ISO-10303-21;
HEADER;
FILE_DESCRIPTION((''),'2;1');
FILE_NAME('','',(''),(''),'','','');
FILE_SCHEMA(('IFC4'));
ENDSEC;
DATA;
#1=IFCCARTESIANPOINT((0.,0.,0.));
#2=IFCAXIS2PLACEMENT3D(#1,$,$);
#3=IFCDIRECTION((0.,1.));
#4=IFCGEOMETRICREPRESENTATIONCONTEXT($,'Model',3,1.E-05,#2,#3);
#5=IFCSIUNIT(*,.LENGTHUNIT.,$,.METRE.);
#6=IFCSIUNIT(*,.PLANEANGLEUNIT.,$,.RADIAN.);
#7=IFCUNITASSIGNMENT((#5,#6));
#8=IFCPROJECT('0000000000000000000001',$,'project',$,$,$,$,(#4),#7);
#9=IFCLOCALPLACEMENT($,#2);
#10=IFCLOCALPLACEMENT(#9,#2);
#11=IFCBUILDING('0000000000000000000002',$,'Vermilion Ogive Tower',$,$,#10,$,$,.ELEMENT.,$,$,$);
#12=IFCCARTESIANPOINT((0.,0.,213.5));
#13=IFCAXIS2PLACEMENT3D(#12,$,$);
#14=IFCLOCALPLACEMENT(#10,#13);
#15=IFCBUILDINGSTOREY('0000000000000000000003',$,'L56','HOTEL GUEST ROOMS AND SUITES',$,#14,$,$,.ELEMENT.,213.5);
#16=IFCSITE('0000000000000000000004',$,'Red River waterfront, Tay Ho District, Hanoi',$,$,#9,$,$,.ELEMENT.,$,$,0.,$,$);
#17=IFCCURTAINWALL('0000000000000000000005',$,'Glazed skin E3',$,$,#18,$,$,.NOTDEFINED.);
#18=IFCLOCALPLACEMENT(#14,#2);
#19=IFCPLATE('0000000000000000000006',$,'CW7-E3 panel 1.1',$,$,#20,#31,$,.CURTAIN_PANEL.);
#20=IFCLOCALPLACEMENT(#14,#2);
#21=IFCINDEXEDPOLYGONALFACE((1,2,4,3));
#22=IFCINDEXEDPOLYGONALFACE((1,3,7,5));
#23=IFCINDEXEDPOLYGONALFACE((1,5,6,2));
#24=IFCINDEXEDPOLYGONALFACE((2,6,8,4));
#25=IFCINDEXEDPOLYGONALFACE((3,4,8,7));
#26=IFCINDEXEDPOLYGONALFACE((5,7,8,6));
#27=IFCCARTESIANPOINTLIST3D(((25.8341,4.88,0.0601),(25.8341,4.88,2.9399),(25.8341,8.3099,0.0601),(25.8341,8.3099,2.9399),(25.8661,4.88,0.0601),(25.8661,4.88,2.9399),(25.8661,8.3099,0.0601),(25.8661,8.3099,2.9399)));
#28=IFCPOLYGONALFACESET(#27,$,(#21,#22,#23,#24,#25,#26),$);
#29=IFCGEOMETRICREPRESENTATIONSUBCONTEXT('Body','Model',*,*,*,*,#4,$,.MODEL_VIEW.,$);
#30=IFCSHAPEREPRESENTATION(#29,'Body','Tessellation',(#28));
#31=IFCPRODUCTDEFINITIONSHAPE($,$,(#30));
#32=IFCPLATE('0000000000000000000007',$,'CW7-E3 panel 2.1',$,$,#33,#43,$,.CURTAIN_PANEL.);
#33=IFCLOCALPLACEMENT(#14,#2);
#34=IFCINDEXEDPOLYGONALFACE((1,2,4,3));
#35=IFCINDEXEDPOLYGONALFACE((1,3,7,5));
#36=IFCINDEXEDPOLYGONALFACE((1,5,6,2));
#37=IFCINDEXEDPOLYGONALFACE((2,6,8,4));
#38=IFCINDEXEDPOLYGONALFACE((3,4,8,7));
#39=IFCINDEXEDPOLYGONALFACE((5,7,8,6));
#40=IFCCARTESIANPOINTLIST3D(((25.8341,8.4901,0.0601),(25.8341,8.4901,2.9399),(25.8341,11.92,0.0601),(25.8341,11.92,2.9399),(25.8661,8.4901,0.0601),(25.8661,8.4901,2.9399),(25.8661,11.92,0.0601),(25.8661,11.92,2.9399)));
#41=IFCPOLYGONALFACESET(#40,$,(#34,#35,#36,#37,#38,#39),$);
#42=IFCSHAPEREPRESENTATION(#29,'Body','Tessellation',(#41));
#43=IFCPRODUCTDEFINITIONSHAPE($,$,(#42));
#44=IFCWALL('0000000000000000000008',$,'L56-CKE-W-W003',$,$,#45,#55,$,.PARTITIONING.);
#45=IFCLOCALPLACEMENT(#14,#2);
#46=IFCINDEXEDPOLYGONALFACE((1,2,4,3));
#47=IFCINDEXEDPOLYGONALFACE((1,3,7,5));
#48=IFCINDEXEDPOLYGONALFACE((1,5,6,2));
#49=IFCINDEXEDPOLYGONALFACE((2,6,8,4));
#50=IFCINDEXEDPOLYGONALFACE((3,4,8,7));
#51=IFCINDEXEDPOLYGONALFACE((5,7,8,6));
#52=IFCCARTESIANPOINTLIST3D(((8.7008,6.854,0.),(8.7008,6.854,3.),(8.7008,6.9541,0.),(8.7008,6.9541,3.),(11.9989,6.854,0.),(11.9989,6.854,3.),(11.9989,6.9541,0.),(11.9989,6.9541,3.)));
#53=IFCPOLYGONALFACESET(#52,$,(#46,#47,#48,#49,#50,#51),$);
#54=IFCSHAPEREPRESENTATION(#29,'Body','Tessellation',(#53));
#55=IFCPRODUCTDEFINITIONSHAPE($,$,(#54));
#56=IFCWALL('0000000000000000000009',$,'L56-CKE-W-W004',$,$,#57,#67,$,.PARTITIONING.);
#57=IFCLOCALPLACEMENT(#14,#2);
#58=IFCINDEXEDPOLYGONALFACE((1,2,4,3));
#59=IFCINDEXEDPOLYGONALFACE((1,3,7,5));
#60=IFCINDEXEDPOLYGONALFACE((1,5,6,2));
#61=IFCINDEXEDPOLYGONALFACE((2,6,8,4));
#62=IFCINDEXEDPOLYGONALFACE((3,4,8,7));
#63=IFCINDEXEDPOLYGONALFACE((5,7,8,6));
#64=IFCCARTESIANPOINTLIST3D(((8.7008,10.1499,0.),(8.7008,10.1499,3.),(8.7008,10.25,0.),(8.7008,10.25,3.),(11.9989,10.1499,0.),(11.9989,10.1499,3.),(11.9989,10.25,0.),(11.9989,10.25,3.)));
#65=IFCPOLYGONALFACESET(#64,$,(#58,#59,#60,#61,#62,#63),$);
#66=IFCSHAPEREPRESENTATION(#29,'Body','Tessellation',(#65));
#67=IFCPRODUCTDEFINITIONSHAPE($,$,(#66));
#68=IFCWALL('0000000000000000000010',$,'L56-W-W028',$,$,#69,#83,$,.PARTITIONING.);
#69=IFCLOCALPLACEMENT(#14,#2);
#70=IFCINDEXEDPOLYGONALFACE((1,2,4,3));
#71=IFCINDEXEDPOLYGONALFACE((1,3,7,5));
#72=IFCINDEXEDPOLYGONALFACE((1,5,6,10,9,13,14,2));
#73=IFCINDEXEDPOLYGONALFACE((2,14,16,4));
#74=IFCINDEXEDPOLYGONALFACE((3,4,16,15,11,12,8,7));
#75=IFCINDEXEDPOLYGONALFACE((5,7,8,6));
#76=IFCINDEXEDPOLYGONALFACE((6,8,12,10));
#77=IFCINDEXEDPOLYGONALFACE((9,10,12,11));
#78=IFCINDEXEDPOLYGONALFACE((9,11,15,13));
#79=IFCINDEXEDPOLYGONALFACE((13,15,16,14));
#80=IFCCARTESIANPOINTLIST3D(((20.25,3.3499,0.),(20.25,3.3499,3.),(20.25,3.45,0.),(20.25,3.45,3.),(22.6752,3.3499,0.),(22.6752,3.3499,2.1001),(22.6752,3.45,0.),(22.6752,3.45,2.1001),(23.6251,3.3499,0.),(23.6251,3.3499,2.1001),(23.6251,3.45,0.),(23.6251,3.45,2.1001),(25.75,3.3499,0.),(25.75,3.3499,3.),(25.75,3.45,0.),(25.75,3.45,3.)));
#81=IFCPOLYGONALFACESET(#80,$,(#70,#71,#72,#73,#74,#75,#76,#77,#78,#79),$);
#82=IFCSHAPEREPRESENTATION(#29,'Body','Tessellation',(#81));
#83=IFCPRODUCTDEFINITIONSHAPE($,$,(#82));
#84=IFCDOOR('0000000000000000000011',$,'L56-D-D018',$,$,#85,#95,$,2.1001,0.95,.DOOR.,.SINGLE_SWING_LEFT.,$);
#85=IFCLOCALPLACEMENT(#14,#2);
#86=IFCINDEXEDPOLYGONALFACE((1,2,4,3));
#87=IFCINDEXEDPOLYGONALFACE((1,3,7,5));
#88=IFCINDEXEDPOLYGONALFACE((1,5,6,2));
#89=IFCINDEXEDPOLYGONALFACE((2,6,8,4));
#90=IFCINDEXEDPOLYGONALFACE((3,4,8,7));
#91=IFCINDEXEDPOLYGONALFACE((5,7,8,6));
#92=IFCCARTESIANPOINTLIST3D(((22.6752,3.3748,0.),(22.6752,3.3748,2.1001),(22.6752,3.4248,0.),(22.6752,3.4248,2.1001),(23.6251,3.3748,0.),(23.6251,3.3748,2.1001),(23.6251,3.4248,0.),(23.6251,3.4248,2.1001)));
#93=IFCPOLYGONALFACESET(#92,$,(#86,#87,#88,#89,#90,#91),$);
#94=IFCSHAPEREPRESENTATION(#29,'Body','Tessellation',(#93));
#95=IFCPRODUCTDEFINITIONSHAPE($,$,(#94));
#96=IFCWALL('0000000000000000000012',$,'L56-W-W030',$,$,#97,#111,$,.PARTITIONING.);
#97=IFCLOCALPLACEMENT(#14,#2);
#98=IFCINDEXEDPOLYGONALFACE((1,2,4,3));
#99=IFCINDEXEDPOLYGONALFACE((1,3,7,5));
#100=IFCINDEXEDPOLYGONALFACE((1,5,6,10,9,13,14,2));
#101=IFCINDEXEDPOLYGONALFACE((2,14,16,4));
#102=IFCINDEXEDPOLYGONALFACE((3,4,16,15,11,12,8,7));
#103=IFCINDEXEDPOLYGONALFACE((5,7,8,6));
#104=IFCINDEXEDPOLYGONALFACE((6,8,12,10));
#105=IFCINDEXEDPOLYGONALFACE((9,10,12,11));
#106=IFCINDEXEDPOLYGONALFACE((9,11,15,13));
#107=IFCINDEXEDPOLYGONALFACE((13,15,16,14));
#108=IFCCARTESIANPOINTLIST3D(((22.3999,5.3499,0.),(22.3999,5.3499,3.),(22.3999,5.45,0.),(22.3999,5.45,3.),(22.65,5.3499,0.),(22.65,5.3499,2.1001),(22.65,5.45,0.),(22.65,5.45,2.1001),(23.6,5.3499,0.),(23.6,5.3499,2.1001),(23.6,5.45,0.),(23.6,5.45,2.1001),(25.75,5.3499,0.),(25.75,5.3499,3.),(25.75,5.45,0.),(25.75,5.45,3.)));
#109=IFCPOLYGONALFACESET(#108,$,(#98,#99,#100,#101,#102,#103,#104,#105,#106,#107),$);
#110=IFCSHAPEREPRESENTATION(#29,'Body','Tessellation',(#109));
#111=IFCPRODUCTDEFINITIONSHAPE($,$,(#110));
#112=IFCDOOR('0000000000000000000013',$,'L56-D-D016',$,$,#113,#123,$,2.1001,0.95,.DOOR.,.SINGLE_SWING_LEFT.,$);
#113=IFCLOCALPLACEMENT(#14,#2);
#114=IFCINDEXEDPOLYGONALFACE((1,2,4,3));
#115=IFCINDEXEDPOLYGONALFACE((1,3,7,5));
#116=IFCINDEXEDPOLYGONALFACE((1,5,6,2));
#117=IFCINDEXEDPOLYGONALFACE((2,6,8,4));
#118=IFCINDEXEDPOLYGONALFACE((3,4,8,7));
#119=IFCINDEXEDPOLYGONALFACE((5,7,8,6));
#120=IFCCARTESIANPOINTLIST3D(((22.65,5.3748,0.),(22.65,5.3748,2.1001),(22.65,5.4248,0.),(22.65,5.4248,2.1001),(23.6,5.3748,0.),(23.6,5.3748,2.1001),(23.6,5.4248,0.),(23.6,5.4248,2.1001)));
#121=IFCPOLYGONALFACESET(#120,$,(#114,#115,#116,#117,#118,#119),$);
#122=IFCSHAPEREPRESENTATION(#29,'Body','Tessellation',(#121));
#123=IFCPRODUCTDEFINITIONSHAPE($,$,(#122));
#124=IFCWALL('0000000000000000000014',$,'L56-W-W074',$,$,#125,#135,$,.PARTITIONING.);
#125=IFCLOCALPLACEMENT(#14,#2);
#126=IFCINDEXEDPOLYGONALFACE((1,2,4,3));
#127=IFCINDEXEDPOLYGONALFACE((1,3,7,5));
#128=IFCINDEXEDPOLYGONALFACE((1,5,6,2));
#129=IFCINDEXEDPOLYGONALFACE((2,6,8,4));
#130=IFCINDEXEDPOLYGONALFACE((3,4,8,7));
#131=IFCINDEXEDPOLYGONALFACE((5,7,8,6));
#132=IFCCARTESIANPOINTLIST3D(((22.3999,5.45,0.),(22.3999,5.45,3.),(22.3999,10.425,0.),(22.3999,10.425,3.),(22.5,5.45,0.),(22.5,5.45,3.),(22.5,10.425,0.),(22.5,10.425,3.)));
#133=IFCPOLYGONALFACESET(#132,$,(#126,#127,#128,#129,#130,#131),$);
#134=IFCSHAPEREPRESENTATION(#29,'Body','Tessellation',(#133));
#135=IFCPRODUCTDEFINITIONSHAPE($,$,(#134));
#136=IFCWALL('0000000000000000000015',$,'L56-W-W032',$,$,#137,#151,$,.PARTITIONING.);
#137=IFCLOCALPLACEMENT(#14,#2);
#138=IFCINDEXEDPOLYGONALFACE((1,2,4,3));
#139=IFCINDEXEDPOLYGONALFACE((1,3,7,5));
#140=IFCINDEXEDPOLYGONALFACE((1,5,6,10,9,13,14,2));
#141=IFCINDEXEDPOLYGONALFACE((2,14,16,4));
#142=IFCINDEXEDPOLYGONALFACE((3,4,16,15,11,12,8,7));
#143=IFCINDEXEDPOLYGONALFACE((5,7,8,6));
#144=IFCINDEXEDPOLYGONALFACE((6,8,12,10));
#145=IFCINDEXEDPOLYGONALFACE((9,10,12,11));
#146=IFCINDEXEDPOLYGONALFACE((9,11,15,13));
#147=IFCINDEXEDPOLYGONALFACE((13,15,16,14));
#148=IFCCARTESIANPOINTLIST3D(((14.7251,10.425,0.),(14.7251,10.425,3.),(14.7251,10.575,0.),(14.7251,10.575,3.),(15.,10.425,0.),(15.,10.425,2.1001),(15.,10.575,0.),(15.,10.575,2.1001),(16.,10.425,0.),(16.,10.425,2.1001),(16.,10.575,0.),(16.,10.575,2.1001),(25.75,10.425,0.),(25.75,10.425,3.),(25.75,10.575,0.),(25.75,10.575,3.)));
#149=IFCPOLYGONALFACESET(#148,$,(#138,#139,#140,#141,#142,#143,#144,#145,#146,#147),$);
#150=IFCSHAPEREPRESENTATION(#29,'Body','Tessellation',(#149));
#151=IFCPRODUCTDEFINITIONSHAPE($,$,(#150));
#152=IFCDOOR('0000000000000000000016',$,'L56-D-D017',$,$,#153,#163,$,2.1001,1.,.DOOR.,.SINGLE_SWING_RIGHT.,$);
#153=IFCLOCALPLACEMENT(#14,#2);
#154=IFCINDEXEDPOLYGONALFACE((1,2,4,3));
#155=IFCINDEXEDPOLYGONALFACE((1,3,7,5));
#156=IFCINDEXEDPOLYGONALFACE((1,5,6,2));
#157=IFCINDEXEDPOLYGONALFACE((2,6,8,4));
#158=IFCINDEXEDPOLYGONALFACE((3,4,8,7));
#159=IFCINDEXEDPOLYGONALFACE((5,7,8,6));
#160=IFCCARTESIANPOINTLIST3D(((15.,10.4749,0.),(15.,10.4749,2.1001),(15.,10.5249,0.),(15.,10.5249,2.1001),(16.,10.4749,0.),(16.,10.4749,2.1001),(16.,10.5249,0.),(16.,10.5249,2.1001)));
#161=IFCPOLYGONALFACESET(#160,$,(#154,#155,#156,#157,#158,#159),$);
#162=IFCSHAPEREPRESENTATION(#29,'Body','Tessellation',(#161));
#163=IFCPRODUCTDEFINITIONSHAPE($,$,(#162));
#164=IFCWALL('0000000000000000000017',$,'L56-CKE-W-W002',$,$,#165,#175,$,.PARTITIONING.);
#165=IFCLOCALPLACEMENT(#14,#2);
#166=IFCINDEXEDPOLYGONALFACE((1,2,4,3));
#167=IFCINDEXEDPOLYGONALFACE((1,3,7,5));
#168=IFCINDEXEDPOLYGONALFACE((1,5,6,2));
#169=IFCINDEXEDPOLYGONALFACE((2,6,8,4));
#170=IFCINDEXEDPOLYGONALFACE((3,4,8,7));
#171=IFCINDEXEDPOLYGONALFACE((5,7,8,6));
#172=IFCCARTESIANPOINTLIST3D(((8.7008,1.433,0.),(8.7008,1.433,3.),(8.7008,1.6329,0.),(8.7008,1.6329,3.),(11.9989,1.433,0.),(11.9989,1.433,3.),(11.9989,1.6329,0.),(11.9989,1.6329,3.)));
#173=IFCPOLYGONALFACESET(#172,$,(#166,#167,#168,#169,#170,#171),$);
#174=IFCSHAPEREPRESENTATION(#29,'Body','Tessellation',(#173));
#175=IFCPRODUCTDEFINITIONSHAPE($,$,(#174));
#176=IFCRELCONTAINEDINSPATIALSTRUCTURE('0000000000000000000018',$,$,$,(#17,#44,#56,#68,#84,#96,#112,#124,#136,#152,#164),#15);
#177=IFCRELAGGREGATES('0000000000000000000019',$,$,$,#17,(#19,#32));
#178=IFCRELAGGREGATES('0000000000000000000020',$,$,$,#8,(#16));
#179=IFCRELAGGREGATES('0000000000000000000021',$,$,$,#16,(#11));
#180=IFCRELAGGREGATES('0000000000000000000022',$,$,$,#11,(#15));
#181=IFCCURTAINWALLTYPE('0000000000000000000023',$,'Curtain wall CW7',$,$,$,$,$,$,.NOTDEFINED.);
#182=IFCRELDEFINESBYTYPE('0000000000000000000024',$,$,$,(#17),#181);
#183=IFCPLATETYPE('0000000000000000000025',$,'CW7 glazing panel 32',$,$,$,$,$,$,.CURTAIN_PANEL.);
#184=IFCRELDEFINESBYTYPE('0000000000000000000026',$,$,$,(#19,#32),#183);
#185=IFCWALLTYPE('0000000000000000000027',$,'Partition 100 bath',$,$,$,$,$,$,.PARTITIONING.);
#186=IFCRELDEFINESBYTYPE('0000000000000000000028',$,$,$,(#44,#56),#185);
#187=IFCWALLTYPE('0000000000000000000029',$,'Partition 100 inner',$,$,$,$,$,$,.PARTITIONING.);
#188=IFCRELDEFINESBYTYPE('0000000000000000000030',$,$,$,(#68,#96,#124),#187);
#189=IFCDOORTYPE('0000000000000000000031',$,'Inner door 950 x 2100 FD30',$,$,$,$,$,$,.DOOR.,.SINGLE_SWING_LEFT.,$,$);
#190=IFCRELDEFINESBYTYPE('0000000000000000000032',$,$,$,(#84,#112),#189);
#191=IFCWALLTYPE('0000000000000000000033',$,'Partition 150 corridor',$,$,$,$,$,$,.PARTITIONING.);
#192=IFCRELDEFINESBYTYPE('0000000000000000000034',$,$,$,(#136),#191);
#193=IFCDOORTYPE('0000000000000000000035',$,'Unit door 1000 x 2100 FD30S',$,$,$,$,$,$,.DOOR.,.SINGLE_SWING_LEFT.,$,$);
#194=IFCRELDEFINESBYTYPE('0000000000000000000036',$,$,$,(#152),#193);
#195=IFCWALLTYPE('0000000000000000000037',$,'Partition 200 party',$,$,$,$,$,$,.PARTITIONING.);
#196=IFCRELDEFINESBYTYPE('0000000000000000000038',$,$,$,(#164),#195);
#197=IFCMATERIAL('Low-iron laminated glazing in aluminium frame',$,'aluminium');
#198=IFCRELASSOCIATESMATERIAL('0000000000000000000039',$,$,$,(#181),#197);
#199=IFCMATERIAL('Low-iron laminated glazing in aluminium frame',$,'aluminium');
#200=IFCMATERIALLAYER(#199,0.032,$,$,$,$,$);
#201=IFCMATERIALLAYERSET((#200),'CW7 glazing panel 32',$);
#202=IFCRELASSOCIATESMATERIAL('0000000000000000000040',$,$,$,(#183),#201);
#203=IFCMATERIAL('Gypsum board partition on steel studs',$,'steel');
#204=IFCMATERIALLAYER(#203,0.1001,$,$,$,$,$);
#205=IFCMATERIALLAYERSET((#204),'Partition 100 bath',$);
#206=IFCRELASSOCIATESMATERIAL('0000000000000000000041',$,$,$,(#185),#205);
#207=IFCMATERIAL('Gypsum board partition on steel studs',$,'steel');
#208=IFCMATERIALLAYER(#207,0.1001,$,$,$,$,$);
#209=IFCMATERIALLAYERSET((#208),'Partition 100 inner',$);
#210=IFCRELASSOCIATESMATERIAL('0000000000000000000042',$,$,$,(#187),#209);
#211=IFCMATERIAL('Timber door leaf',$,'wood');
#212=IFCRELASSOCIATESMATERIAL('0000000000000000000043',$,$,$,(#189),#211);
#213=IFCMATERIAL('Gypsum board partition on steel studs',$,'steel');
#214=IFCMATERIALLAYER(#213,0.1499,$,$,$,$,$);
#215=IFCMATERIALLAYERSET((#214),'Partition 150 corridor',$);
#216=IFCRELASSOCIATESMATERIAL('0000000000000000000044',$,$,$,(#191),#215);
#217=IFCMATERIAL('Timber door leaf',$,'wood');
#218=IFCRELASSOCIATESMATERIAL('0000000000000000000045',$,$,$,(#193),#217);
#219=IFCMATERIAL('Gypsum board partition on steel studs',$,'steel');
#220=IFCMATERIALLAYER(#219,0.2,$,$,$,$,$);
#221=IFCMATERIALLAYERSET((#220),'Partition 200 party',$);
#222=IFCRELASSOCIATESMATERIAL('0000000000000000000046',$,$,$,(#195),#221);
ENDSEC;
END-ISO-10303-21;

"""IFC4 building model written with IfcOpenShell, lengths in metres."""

from ifc_helpers import new_model, si_unit, direction, frame, frame_2d, origin, origin_2d, place, context, subcontext, project, spatial, rectangle, extrude, material, layer, layer_set, type_object, element, fill, aggregate, save


model = new_model("IFC4")

# Units and contexts
model_context = context("Model", 3, precision=1e-05, world=origin(), true_north=direction((0.0, 1.0)))
body_context = subcontext(model_context, "Body", "Model", "MODEL_VIEW")
ifc_project = project(units=[si_unit("LENGTHUNIT", "METRE"), si_unit("PLANEANGLEUNIT", "RADIAN")], contexts=[model_context])

# Site, building, storey
site_placement = place(None, origin())
site = spatial("IfcSite", under=ifc_project, at=site_placement, Name="Red River waterfront, Tay Ho District, Hanoi", CompositionType="ELEMENT", RefElevation=0.0)
building_placement = place(site_placement, origin())
building = spatial("IfcBuilding", under=site, at=building_placement, Name="Vermilion Ogive Tower", CompositionType="ELEMENT")
storey_placement = place(building_placement, frame((0.0, 0.0, 213.5)))
storey = spatial("IfcBuildingStorey", under=building, at=storey_placement, Name="L56", Description="HOTEL GUEST ROOMS AND SUITES", CompositionType="ELEMENT", Elevation=213.5)

# Curtain wall
ifc_material_1 = material(Name="Low-iron laminated glazing in aluminium frame", Category="aluminium")
curtain_wall_type = type_object("IfcCurtainWallType", Name="Curtain wall CW7", PredefinedType="NOTDEFINED", material=ifc_material_1)
curtain_wall_1_placement = place(storey_placement, origin())
curtain_wall_1 = element("IfcCurtainWall", 1, at=curtain_wall_1_placement, inside=storey, type_object=curtain_wall_type, Name="Glazed skin E3", PredefinedType="NOTDEFINED")

# Plates
ifc_material_2 = material(Name="Low-iron laminated glazing in aluminium frame", Category="aluminium")
ifc_layer_1 = layer(ifc_material_2, 0.032)
ifc_layer_set_1 = layer_set([ifc_layer_1], Name="CW7 glazing panel 32")
plate_type = type_object("IfcPlateType", Name="CW7 glazing panel 32", PredefinedType="CURTAIN_PANEL", material=ifc_layer_set_1)
plate_1_placement = place(storey_placement, frame((25.8501, 6.595, 0.0601), z_axis=(0.0, 0.0, 1.0), x_axis=(0.0, 1.0, 0.0)))
plate_1 = element("IfcPlate", 2, at=plate_1_placement, type_object=plate_type, Name="CW7-E3 panel 1.1", PredefinedType="CURTAIN_PANEL", context=body_context, shape_type="SweptSolid", body=[
    extrude(rectangle(XDim=3.4299, YDim=0.032, at=origin_2d()), origin(), (0.0, 0.0, 1.0), 2.8799),
])
plate_2_placement = place(storey_placement, frame((25.8501, 10.2051, 0.0601), z_axis=(0.0, 0.0, 1.0), x_axis=(0.0, 1.0, 0.0)))
plate_2 = element("IfcPlate", 3, at=plate_2_placement, type_object=plate_type, Name="CW7-E3 panel 2.1", PredefinedType="CURTAIN_PANEL", context=body_context, shape_type="SweptSolid", body=[
    extrude(rectangle(XDim=3.4299, YDim=0.032, at=origin_2d()), origin(), (0.0, 0.0, 1.0), 2.8799),
])
aggregate(curtain_wall_1, [plate_1, plate_2])

# Walls
ifc_material_3 = material(Name="Gypsum board partition on steel studs", Category="steel")
ifc_layer_2 = layer(ifc_material_3, 0.1001)
ifc_layer_set_2 = layer_set([ifc_layer_2], Name="Partition 100 bath")
wall_type_1 = type_object("IfcWallType", Name="Partition 100 bath", PredefinedType="PARTITIONING", material=ifc_layer_set_2)
for number, where, z_axis, x_axis, name in (
    (4, (8.7009, 6.9041, 0.0), (0.0, 0.0, 1.0), (1.0, 0.0, 0.0), "L56-CKE-W-W003"),
    (5, (8.7009, 10.2, 0.0), (0.0, 0.0, 1.0), (1.0, 0.0, 0.0), "L56-CKE-W-W004"),
):
    element("IfcWall", number, at=place(storey_placement, frame(where, z_axis=z_axis, x_axis=x_axis)), inside=storey, type_object=wall_type_1, Name=name, PredefinedType="PARTITIONING", context=body_context, shape_type="SweptSolid", body=[
        extrude(rectangle(XDim=3.2981, YDim=0.1001, at=frame_2d((1.6489, 0.0))), origin(), (0.0, 0.0, 1.0), 3.0),
    ])

# Walls, openings, doors
ifc_material_4 = material(Name="Gypsum board partition on steel studs", Category="steel")
ifc_layer_3 = layer(ifc_material_4, 0.1001)
ifc_layer_set_3 = layer_set([ifc_layer_3], Name="Partition 100 inner")
wall_type_2 = type_object("IfcWallType", Name="Partition 100 inner", PredefinedType="PARTITIONING", material=ifc_layer_set_3)
wall_1_placement = place(storey_placement, frame((20.25, 3.3999, 0.0), z_axis=(0.0, 0.0, 1.0), x_axis=(1.0, 0.0, 0.0)))
wall_1 = element("IfcWall", 6, at=wall_1_placement, inside=storey, type_object=wall_type_2, Name="L56-W-W028", PredefinedType="PARTITIONING", context=body_context, shape_type="SweptSolid", body=[
    extrude(rectangle(XDim=5.5, YDim=0.1001, at=frame_2d((2.75, 0.0))), origin(), (0.0, 0.0, 1.0), 3.0),
])
opening_1_placement = place(wall_1_placement, frame((2.425, 0.0, 0.0)))
opening_1 = element("IfcOpeningElement", 7, at=opening_1_placement, cuts=wall_1, PredefinedType="OPENING", context=body_context, shape_type="SweptSolid", body=[
    extrude(rectangle(XDim=0.95, YDim=2.1001, at=frame_2d((0.4751, 1.05))), frame((0.0, 0.0601, 0.0), z_axis=(0.0, -1.0, 0.0), x_axis=(1.0, 0.0, 0.0)), (0.0, 0.0, 1.0), 0.1201),
])
ifc_material_5 = material(Name="Timber door leaf", Category="wood")
door_type_1 = type_object("IfcDoorType", Name="Inner door 950 x 2100 FD30", OperationType="SINGLE_SWING_LEFT", PredefinedType="DOOR", material=ifc_material_5)
door_1_placement = place(opening_1_placement, origin())
door_1 = element("IfcDoor", 8, at=door_1_placement, inside=storey, type_object=door_type_1, Name="L56-D-D018", OperationType="SINGLE_SWING_LEFT", OverallHeight=2.1001, OverallWidth=0.95, PredefinedType="DOOR", context=body_context, shape_type="SweptSolid", body=[
    extrude(rectangle(XDim=0.95, YDim=2.1001, at=frame_2d((0.4751, 1.05))), frame((0.0, 0.0249, 0.0), z_axis=(0.0, -1.0, 0.0), x_axis=(1.0, 0.0, 0.0)), (0.0, 0.0, 1.0), 0.05),
])
fill(opening_1, door_1)
wall_2_placement = place(storey_placement, frame((22.3999, 5.3999, 0.0), z_axis=(0.0, 0.0, 1.0), x_axis=(1.0, 0.0, 0.0)))
wall_2 = element("IfcWall", 9, at=wall_2_placement, inside=storey, type_object=wall_type_2, Name="L56-W-W030", PredefinedType="PARTITIONING", context=body_context, shape_type="SweptSolid", body=[
    extrude(rectangle(XDim=3.3501, YDim=0.1001, at=frame_2d((1.675, 0.0))), origin(), (0.0, 0.0, 1.0), 3.0),
])
opening_2_placement = place(wall_2_placement, frame((0.25, 0.0, 0.0)))
opening_2 = element("IfcOpeningElement", 10, at=opening_2_placement, cuts=wall_2, PredefinedType="OPENING", context=body_context, shape_type="SweptSolid", body=[
    extrude(rectangle(XDim=0.95, YDim=2.1001, at=frame_2d((0.4751, 1.05))), frame((0.0, 0.0601, 0.0), z_axis=(0.0, -1.0, 0.0), x_axis=(1.0, 0.0, 0.0)), (0.0, 0.0, 1.0), 0.1201),
])
door_2_placement = place(opening_2_placement, origin())
door_2 = element("IfcDoor", 11, at=door_2_placement, inside=storey, type_object=door_type_1, Name="L56-D-D016", OperationType="SINGLE_SWING_LEFT", OverallHeight=2.1001, OverallWidth=0.95, PredefinedType="DOOR", context=body_context, shape_type="SweptSolid", body=[
    extrude(rectangle(XDim=0.95, YDim=2.1001, at=frame_2d((0.4751, 1.05))), frame((0.0, 0.0249, 0.0), z_axis=(0.0, -1.0, 0.0), x_axis=(1.0, 0.0, 0.0)), (0.0, 0.0, 1.0), 0.05),
])
fill(opening_2, door_2)

# Wall
wall_3_placement = place(storey_placement, frame((22.45, 5.45, 0.0), z_axis=(0.0, 0.0, 1.0), x_axis=(0.0, 1.0, 0.0)))
element("IfcWall", 12, at=wall_3_placement, inside=storey, type_object=wall_type_2, Name="L56-W-W074", PredefinedType="PARTITIONING", context=body_context, shape_type="SweptSolid", body=[
    extrude(rectangle(XDim=4.9751, YDim=0.1001, at=frame_2d((2.4875, 0.0))), origin(), (0.0, 0.0, 1.0), 3.0),
])

# Wall, opening, door
ifc_material_6 = material(Name="Gypsum board partition on steel studs", Category="steel")
ifc_layer_4 = layer(ifc_material_6, 0.1499)
ifc_layer_set_4 = layer_set([ifc_layer_4], Name="Partition 150 corridor")
wall_type_3 = type_object("IfcWallType", Name="Partition 150 corridor", PredefinedType="PARTITIONING", material=ifc_layer_set_4)
wall_4_placement = place(storey_placement, frame((14.7251, 10.5, 0.0), z_axis=(0.0, 0.0, 1.0), x_axis=(1.0, 0.0, 0.0)))
wall_4 = element("IfcWall", 13, at=wall_4_placement, inside=storey, type_object=wall_type_3, Name="L56-W-W032", PredefinedType="PARTITIONING", context=body_context, shape_type="SweptSolid", body=[
    extrude(rectangle(XDim=11.0249, YDim=0.1499, at=frame_2d((5.5125, 0.0))), origin(), (0.0, 0.0, 1.0), 3.0),
])
opening_3_placement = place(wall_4_placement, frame((0.2749, 0.0, 0.0)))
opening_3 = element("IfcOpeningElement", 14, at=opening_3_placement, cuts=wall_4, PredefinedType="OPENING", context=body_context, shape_type="SweptSolid", body=[
    extrude(rectangle(XDim=1.0, YDim=2.1001, at=frame_2d((0.5, 1.05))), frame((0.0, 0.085, 0.0), z_axis=(0.0, -1.0, 0.0), x_axis=(1.0, 0.0, 0.0)), (0.0, 0.0, 1.0), 0.1699),
])
ifc_material_7 = material(Name="Timber door leaf", Category="wood")
door_type_2 = type_object("IfcDoorType", Name="Unit door 1000 x 2100 FD30S", OperationType="SINGLE_SWING_LEFT", PredefinedType="DOOR", material=ifc_material_7)
door_3_placement = place(opening_3_placement, origin())
door_3 = element("IfcDoor", 15, at=door_3_placement, inside=storey, type_object=door_type_2, Name="L56-D-D017", OperationType="SINGLE_SWING_RIGHT", OverallHeight=2.1001, OverallWidth=1.0, PredefinedType="DOOR", context=body_context, shape_type="SweptSolid", body=[
    extrude(rectangle(XDim=1.0, YDim=2.1001, at=frame_2d((0.5, 1.05))), frame((0.0, 0.0249, 0.0), z_axis=(0.0, -1.0, 0.0), x_axis=(1.0, 0.0, 0.0)), (0.0, 0.0, 1.0), 0.05),
])
fill(opening_3, door_3)

# Wall
ifc_material_8 = material(Name="Gypsum board partition on steel studs", Category="steel")
ifc_layer_5 = layer(ifc_material_8, 0.2)
ifc_layer_set_5 = layer_set([ifc_layer_5], Name="Partition 200 party")
wall_type_4 = type_object("IfcWallType", Name="Partition 200 party", PredefinedType="PARTITIONING", material=ifc_layer_set_5)
wall_5_placement = place(storey_placement, frame((8.7009, 1.533, 0.0), z_axis=(0.0, 0.0, 1.0), x_axis=(1.0, 0.0, 0.0)))
element("IfcWall", 16, at=wall_5_placement, inside=storey, type_object=wall_type_4, Name="L56-CKE-W-W002", PredefinedType="PARTITIONING", context=body_context, shape_type="SweptSolid", body=[
    extrude(rectangle(XDim=3.2981, YDim=0.2, at=frame_2d((1.6489, 0.0))), origin(), (0.0, 0.0, 1.0), 3.0),
])

save(model, "model.ifc")
